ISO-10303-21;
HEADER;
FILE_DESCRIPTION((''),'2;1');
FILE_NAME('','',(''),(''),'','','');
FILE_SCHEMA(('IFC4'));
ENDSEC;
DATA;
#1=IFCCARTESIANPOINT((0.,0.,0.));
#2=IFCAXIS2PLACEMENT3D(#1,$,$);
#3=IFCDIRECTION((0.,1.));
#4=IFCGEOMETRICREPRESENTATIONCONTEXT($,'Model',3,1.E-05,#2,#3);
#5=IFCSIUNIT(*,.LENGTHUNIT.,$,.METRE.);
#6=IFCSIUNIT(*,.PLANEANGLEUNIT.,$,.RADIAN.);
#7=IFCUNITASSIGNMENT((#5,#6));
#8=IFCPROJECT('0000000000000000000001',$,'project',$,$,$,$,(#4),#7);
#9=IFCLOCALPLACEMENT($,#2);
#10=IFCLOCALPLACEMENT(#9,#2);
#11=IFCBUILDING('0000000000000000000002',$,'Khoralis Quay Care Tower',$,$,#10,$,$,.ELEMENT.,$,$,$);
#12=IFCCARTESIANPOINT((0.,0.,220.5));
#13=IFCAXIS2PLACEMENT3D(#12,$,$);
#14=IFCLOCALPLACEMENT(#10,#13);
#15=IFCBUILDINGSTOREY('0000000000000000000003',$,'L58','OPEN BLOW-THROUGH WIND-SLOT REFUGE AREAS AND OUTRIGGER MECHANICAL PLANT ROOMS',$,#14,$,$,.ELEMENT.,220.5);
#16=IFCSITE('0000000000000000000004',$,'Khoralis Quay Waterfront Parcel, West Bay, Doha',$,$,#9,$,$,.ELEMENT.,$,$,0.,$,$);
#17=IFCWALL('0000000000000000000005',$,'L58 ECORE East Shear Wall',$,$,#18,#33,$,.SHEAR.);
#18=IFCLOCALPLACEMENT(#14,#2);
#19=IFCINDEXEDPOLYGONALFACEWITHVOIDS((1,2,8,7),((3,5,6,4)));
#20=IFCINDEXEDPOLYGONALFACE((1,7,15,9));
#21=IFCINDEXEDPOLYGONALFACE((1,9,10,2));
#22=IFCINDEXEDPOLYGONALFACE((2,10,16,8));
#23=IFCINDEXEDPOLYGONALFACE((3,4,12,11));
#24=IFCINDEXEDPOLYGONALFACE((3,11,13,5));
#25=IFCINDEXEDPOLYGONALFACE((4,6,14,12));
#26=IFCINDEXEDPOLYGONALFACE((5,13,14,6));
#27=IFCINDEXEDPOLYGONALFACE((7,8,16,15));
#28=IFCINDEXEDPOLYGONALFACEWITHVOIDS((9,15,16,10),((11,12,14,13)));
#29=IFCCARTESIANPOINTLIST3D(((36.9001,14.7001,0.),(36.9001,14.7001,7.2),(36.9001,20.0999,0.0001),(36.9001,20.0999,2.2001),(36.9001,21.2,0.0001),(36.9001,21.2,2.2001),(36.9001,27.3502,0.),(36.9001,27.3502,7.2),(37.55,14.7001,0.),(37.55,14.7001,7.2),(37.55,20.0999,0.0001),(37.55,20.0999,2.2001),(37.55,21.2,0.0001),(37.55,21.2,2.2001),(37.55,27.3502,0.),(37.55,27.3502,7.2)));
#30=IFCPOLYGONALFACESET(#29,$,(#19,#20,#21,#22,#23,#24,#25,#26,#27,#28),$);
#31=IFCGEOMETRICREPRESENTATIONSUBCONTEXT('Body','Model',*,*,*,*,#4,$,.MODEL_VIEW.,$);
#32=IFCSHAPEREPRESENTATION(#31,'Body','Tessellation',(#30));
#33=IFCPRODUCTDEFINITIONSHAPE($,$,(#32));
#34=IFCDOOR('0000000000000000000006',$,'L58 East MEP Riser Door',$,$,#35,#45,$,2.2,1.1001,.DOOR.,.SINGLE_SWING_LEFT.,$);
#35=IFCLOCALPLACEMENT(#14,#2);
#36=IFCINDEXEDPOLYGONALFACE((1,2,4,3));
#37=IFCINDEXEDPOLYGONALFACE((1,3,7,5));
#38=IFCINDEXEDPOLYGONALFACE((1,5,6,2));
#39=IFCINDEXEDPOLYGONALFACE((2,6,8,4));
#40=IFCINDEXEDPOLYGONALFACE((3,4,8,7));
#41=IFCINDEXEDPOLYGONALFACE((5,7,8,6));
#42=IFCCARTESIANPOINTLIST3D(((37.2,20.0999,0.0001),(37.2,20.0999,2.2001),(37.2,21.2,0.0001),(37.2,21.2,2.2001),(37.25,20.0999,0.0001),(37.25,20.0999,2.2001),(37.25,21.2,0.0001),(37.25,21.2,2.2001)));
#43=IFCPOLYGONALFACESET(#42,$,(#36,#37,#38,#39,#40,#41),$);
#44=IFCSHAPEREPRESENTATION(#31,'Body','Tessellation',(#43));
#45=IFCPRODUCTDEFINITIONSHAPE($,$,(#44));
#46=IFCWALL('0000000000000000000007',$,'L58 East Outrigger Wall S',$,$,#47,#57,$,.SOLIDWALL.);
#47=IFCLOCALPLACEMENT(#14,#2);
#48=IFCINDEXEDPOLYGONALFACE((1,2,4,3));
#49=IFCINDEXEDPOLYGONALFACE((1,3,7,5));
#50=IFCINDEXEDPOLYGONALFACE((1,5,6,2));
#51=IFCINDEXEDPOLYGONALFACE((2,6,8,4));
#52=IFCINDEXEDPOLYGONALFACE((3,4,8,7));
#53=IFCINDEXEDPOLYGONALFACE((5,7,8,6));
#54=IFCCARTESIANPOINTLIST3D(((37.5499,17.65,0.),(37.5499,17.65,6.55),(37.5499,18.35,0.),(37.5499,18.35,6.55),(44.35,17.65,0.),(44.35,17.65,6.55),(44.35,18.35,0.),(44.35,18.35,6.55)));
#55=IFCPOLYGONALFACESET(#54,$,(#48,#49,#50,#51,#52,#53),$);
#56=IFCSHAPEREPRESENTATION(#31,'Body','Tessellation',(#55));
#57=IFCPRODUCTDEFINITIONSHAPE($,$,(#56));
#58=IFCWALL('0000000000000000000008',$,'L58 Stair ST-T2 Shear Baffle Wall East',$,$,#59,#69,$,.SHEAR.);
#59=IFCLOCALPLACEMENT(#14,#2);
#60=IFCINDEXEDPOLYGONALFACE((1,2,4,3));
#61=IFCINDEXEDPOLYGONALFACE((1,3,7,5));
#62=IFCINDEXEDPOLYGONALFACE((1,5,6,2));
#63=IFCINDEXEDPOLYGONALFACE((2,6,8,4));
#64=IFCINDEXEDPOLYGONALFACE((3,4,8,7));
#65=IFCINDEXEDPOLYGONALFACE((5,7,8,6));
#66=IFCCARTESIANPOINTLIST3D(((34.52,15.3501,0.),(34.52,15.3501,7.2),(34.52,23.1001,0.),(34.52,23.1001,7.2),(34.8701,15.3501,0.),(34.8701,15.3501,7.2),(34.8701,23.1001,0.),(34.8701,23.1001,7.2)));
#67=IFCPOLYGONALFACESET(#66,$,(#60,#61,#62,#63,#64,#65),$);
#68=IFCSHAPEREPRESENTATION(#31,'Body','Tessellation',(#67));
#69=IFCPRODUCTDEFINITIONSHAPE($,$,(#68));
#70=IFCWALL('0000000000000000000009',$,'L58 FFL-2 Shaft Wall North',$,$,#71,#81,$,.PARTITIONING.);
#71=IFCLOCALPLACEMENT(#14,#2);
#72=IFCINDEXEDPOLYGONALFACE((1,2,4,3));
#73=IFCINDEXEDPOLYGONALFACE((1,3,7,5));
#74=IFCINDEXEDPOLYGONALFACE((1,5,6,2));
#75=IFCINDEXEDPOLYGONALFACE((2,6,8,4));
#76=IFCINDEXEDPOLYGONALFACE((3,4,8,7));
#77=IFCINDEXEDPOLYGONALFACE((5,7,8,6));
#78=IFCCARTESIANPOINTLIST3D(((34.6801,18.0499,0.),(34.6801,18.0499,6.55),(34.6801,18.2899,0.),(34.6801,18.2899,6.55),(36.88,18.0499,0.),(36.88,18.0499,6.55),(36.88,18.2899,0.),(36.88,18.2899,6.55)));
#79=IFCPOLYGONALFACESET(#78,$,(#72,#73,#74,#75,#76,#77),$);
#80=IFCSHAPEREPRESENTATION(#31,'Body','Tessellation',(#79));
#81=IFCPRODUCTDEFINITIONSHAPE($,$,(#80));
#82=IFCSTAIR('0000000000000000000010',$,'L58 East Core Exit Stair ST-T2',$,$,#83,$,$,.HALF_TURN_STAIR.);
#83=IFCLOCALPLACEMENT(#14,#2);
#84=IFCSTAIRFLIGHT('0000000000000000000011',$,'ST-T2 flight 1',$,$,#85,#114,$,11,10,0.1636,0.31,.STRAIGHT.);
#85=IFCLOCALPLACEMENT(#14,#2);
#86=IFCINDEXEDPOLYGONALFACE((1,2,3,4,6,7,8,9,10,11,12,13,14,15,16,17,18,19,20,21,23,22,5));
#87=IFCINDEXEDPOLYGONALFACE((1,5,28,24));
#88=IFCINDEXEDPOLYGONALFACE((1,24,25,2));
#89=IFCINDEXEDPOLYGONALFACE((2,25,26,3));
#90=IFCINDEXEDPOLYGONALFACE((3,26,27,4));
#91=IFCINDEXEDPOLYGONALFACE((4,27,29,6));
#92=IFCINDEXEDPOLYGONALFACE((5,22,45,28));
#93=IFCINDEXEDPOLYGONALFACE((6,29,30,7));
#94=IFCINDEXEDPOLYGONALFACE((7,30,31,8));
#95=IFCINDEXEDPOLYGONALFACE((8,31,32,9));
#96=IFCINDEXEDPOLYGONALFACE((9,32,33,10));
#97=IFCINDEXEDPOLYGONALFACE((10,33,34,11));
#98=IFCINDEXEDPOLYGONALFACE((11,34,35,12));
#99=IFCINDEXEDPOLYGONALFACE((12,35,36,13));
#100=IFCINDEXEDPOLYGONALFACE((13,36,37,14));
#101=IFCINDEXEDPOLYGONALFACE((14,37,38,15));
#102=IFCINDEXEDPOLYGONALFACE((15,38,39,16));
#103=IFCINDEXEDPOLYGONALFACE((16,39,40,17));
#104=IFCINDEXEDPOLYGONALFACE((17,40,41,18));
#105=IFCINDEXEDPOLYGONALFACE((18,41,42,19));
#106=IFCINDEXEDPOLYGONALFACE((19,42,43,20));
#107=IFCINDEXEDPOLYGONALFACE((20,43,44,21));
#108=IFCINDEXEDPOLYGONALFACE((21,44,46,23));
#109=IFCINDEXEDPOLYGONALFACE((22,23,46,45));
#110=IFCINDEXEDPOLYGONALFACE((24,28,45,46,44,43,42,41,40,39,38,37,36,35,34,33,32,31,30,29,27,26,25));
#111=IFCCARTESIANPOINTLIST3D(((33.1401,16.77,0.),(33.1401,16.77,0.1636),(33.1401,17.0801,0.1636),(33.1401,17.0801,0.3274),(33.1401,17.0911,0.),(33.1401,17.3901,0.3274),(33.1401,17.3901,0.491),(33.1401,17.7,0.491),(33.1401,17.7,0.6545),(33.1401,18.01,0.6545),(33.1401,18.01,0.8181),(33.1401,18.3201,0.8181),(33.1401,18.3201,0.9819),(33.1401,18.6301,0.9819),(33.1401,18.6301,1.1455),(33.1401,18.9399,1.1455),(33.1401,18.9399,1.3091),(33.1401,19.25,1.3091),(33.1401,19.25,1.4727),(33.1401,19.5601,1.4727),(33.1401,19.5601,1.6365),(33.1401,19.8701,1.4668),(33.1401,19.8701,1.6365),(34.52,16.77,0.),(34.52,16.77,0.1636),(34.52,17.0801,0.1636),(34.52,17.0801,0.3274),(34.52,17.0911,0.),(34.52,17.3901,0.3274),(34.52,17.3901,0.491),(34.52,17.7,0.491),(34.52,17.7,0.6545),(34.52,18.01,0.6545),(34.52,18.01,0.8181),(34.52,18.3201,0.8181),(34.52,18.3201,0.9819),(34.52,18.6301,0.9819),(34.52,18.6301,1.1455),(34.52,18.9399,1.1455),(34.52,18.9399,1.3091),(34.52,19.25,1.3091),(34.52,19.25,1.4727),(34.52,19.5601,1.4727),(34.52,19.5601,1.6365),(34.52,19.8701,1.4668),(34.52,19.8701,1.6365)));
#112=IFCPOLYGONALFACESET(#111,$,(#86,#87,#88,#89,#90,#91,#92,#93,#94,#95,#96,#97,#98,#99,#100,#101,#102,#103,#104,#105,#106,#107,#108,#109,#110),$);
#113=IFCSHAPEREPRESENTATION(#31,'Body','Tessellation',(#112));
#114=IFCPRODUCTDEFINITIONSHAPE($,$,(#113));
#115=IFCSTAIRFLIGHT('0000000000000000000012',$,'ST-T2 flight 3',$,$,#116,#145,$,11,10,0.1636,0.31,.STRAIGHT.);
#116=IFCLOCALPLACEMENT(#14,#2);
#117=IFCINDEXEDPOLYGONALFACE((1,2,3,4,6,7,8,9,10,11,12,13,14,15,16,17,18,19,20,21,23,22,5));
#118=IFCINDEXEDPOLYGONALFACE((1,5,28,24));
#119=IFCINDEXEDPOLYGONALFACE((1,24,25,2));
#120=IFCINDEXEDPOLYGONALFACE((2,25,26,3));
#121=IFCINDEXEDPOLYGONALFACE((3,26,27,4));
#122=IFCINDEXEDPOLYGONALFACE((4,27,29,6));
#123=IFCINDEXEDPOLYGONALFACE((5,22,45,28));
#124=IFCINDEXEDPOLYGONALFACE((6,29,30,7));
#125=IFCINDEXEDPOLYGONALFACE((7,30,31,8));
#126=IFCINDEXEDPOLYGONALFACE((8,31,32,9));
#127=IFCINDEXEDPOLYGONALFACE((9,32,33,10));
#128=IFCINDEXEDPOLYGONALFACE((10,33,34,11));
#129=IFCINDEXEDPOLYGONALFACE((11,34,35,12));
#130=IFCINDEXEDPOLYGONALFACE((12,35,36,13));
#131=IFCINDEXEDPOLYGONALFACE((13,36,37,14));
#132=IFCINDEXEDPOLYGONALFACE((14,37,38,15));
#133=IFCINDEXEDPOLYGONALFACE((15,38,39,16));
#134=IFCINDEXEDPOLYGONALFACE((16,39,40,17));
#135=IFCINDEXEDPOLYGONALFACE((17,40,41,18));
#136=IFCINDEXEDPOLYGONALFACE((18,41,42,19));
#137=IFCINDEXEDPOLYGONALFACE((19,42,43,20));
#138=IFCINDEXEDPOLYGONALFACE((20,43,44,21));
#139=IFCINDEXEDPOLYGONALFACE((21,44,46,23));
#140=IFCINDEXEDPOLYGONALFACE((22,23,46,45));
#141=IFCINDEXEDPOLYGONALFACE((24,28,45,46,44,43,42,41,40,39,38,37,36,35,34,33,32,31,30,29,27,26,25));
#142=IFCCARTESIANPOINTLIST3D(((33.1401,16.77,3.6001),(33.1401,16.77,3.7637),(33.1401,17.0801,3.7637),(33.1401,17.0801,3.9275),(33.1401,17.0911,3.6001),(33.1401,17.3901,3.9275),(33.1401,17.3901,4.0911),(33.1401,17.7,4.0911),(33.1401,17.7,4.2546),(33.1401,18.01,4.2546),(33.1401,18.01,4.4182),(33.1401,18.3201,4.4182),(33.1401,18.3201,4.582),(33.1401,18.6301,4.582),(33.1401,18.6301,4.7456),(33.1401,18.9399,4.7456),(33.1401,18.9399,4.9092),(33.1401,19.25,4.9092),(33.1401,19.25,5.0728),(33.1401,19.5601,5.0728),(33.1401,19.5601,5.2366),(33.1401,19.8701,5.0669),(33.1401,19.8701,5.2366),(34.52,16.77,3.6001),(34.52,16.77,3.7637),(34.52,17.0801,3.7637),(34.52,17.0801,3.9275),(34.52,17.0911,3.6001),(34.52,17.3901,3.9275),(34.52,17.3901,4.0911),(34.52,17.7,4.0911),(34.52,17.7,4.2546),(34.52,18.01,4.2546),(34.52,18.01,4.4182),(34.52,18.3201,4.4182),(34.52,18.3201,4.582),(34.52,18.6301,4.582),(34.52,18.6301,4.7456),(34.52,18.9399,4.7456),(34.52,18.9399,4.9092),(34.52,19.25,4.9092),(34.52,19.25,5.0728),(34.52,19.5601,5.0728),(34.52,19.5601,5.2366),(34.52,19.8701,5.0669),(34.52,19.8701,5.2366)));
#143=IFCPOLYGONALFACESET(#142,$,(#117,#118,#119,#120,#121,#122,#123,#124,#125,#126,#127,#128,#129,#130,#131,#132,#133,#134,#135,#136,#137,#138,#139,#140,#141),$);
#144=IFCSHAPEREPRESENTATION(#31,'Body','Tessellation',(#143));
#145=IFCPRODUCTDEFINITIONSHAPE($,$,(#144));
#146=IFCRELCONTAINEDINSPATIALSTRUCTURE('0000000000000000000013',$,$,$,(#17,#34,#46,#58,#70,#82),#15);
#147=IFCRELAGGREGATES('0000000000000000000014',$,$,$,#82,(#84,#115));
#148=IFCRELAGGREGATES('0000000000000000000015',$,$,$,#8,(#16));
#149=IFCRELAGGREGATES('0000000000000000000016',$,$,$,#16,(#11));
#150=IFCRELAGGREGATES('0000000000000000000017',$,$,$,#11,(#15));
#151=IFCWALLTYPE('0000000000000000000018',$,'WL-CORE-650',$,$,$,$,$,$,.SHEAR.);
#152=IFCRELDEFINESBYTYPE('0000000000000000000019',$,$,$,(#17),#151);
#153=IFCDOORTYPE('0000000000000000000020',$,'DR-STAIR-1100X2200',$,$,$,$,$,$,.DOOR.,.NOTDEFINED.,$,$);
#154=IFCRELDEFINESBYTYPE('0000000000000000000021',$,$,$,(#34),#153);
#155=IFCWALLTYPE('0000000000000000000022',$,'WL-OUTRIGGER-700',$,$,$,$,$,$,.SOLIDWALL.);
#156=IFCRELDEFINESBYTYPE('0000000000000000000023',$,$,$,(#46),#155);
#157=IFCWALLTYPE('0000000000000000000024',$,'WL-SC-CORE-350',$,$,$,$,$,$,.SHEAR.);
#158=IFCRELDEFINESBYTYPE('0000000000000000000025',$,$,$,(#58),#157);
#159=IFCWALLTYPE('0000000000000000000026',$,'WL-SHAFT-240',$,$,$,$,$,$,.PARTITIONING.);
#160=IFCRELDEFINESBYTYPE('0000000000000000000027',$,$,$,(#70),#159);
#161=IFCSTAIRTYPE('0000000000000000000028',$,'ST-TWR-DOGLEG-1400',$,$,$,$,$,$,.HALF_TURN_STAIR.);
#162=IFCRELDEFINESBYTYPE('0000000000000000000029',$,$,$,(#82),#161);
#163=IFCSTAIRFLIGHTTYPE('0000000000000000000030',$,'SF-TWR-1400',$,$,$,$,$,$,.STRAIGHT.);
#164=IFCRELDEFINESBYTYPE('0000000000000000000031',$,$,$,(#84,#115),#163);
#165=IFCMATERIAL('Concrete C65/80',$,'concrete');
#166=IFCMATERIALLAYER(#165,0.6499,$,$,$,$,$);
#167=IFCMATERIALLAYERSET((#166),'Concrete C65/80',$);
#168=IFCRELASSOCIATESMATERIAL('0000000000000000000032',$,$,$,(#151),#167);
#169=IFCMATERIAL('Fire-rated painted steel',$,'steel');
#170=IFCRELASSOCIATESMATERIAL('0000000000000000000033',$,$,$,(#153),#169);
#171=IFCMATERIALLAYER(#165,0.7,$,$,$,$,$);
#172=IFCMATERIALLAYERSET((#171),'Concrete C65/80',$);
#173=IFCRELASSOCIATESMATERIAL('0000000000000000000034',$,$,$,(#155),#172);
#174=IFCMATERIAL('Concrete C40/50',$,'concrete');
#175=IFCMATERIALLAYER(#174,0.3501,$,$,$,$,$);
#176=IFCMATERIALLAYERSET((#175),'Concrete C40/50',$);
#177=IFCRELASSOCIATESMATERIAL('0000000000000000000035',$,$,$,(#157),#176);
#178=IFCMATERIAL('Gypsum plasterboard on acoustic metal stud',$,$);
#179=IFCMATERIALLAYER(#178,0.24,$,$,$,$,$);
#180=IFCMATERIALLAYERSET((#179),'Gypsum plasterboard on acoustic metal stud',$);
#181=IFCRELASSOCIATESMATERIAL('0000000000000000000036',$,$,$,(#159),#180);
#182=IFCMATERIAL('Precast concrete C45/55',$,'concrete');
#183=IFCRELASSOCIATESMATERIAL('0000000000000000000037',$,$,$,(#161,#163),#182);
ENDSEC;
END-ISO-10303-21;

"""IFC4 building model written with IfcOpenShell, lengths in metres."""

from ifc_helpers import new_model, si_unit, direction, frame, frame_2d, origin, place, context, subcontext, project, spatial, polyline, rectangle, outline, extrude, source, transform, mapped, material, layer, layer_set, type_object, element, fill, aggregate, save


model = new_model("IFC4")

# Units and contexts
model_context = context("Model", 3, precision=1e-05, world=origin(), true_north=direction((0.0, 1.0)))
body_context = subcontext(model_context, "Body", "Model", "MODEL_VIEW")
ifc_project = project(units=[si_unit("LENGTHUNIT", "METRE"), si_unit("PLANEANGLEUNIT", "RADIAN")], contexts=[model_context])

# Site, building, storey
site_placement = place(None, origin())
site = spatial("IfcSite", under=ifc_project, at=site_placement, Name="Khoralis Quay Waterfront Parcel, West Bay, Doha", CompositionType="ELEMENT", RefElevation=0.0)
building_placement = place(site_placement, origin())
building = spatial("IfcBuilding", under=site, at=building_placement, Name="Khoralis Quay Care Tower", CompositionType="ELEMENT")
storey_placement = place(building_placement, frame((0.0, 0.0, 220.5)))
storey = spatial("IfcBuildingStorey", under=building, at=storey_placement, Name="L58", Description="OPEN BLOW-THROUGH WIND-SLOT REFUGE AREAS AND OUTRIGGER MECHANICAL PLANT ROOMS", CompositionType="ELEMENT", Elevation=220.5)

# Shared definitions
ifc_material_1 = material(Name="Concrete C65/80", Category="concrete")

# Shared definitions
ifc_material_2 = material(Name="Gypsum plasterboard on acoustic metal stud")

# Wall, opening, door
ifc_layer_1 = layer(ifc_material_1, 0.6499)
ifc_layer_set_1 = layer_set([ifc_layer_1], Name="Concrete C65/80")
wall_type_1 = type_object("IfcWallType", Name="WL-CORE-650", PredefinedType="SHEAR", material=ifc_layer_set_1)
wall_1_placement = place(storey_placement, frame((37.2251, 14.7, 0.0), z_axis=(0.0, 0.0, 1.0), x_axis=(0.0, 1.0, 0.0)))
wall_1 = element("IfcWall", 1, at=wall_1_placement, inside=storey, type_object=wall_type_1, Name="L58 ECORE East Shear Wall", PredefinedType="SHEAR", context=body_context, shape_type="SweptSolid", body=[
    extrude(rectangle(XDim=12.6501, YDim=0.6499, at=frame_2d((6.3252, 0.0))), origin(), (0.0, 0.0, 1.0), 7.2),
])
opening_placement = place(wall_1_placement, frame((5.3999, 0.0, 0.0)))
opening = element("IfcOpeningElement", 2, at=opening_placement, cuts=wall_1, PredefinedType="OPENING", context=body_context, shape_type="SweptSolid", body=[
    extrude(rectangle(XDim=1.1001, YDim=2.2, at=frame_2d((0.55, 1.1001))), frame((0.0, 0.335, 0.0), z_axis=(0.0, -1.0, 0.0), x_axis=(1.0, 0.0, 0.0)), (0.0, 0.0, 1.0), 0.6699),
])
ifc_material_3 = material(Name="Fire-rated painted steel", Category="steel")
door_type = type_object("IfcDoorType", Name="DR-STAIR-1100X2200", OperationType="NOTDEFINED", PredefinedType="DOOR", material=ifc_material_3)
shared_shape_1 = source(origin(), body_context, "Body", "SweptSolid", [
    extrude(rectangle(XDim=1.1001, YDim=2.2, at=frame_2d((0.55, 1.1001))), frame((0.0, 0.0249, 0.0), z_axis=(0.0, -1.0, 0.0), x_axis=(1.0, 0.0, 0.0)), (0.0, 0.0, 1.0), 0.05),
])
door_placement = place(opening_placement, frame((1.1001, 0.0, 0.0), z_axis=(0.0, 0.0, 1.0), x_axis=(-1.0, 0.0, 0.0)))
door = element("IfcDoor", 3, at=door_placement, inside=storey, type_object=door_type, Name="L58 East MEP Riser Door", OperationType="SINGLE_SWING_LEFT", OverallHeight=2.2, OverallWidth=1.1001, PredefinedType="DOOR", context=body_context, shape_type="MappedRepresentation", body=[
    mapped(shared_shape_1, transform((0.0, 0.0, 0.0), scale=1.0)),
])
fill(opening, door)

# Walls
ifc_layer_2 = layer(ifc_material_1, 0.7)
ifc_layer_set_2 = layer_set([ifc_layer_2], Name="Concrete C65/80")
wall_type_2 = type_object("IfcWallType", Name="WL-OUTRIGGER-700", PredefinedType="SOLIDWALL", material=ifc_layer_set_2)
wall_2_placement = place(storey_placement, frame((37.55, 18.0, 0.0), z_axis=(0.0, 0.0, 1.0), x_axis=(1.0, 0.0, 0.0)))
element("IfcWall", 4, at=wall_2_placement, inside=storey, type_object=wall_type_2, Name="L58 East Outrigger Wall S", PredefinedType="SOLIDWALL", context=body_context, shape_type="SweptSolid", body=[
    extrude(rectangle(XDim=6.8, YDim=0.7, at=frame_2d((3.3999, 0.0))), origin(), (0.0, 0.0, 1.0), 6.55),
])
ifc_material_4 = material(Name="Concrete C40/50", Category="concrete")
ifc_layer_3 = layer(ifc_material_4, 0.3501)
ifc_layer_set_3 = layer_set([ifc_layer_3], Name="Concrete C40/50")
wall_type_3 = type_object("IfcWallType", Name="WL-SC-CORE-350", PredefinedType="SHEAR", material=ifc_layer_set_3)
wall_3_placement = place(storey_placement, frame((34.6951, 15.3501, 0.0), z_axis=(0.0, 0.0, 1.0), x_axis=(0.0, 1.0, 0.0)))
element("IfcWall", 5, at=wall_3_placement, inside=storey, type_object=wall_type_3, Name="L58 Stair ST-T2 Shear Baffle Wall East", PredefinedType="SHEAR", context=body_context, shape_type="SweptSolid", body=[
    extrude(rectangle(XDim=7.75, YDim=0.3501, at=frame_2d((3.875, 0.0))), origin(), (0.0, 0.0, 1.0), 7.2),
])
ifc_layer_4 = layer(ifc_material_2, 0.24)
ifc_layer_set_4 = layer_set([ifc_layer_4], Name="Gypsum plasterboard on acoustic metal stud")
wall_type_4 = type_object("IfcWallType", Name="WL-SHAFT-240", PredefinedType="PARTITIONING", material=ifc_layer_set_4)
wall_4_placement = place(storey_placement, frame((34.6799, 18.1699, 0.0), z_axis=(0.0, 0.0, 1.0), x_axis=(1.0, 0.0, 0.0)))
element("IfcWall", 6, at=wall_4_placement, inside=storey, type_object=wall_type_4, Name="L58 FFL-2 Shaft Wall North", PredefinedType="PARTITIONING", context=body_context, shape_type="SweptSolid", body=[
    extrude(rectangle(XDim=2.2, YDim=0.24, at=frame_2d((1.1001, 0.0))), origin(), (0.0, 0.0, 1.0), 6.55),
])

# Stair, stair flights
ifc_material_5 = material(Name="Precast concrete C45/55", Category="concrete")
stair_type = type_object("IfcStairType", Name="ST-TWR-DOGLEG-1400", PredefinedType="HALF_TURN_STAIR", material=ifc_material_5)
stair_placement = place(storey_placement, origin())
stair = element("IfcStair", 7, at=stair_placement, inside=storey, type_object=stair_type, Name="L58 East Core Exit Stair ST-T2", PredefinedType="HALF_TURN_STAIR")
stair_flight_type = type_object("IfcStairFlightType", Name="SF-TWR-1400", PredefinedType="STRAIGHT", material=ifc_material_5)
shared_shape_2 = source(origin(), body_context, "Body", "SweptSolid", [
    extrude(outline(polyline([(0.0, 0.0), (0.0, 0.1636), (0.3101, 0.1636), (0.3101, 0.3274), (0.6201, 0.3274), (0.6201, 0.491), (0.9299, 0.491), (0.9299, 0.6545), (1.24, 0.6545), (1.24, 0.8181), (1.55, 0.8181), (1.55, 0.9819), (1.8601, 0.9819), (1.8601, 1.1455), (2.1699, 1.1455), (2.1699, 1.3091), (2.48, 1.3091), (2.48, 1.4727), (2.79, 1.4727), (2.79, 1.6365), (3.1001, 1.6365), (3.1001, 1.8), (3.1001, 1.4668), (0.321, 0.0), (0.0, 0.0)])), frame((0.0, 0.6899, 0.0), z_axis=(0.0, -1.0, 0.0), x_axis=(1.0, 0.0, 0.0)), (0.0, 0.0, 1.0), 1.3799),
])
stair_flight_1_placement = place(storey_placement, frame((33.8301, 16.77, 0.0), z_axis=(0.0, 0.0, 1.0), x_axis=(0.0, 1.0, 0.0)))
stair_flight_1 = element("IfcStairFlight", 8, at=stair_flight_1_placement, type_object=stair_flight_type, Name="ST-T2 flight 1", NumberOfRisers=11, NumberOfTreads=10, PredefinedType="STRAIGHT", RiserHeight=0.1636, TreadLength=0.31, context=body_context, shape_type="MappedRepresentation", body=[
    mapped(shared_shape_2, transform((0.0, 0.0, 0.0), scale=1.0)),
])
stair_flight_2_placement = place(storey_placement, frame((33.8301, 16.77, 3.6001), z_axis=(0.0, 0.0, 1.0), x_axis=(0.0, 1.0, 0.0)))
stair_flight_2 = element("IfcStairFlight", 9, at=stair_flight_2_placement, type_object=stair_flight_type, Name="ST-T2 flight 3", NumberOfRisers=11, NumberOfTreads=10, PredefinedType="STRAIGHT", RiserHeight=0.1636, TreadLength=0.31, context=body_context, shape_type="MappedRepresentation", body=[
    mapped(shared_shape_2, transform((0.0, 0.0, 0.0), scale=1.0)),
])
aggregate(stair, [stair_flight_1, stair_flight_2])

save(model, "model.ifc")
